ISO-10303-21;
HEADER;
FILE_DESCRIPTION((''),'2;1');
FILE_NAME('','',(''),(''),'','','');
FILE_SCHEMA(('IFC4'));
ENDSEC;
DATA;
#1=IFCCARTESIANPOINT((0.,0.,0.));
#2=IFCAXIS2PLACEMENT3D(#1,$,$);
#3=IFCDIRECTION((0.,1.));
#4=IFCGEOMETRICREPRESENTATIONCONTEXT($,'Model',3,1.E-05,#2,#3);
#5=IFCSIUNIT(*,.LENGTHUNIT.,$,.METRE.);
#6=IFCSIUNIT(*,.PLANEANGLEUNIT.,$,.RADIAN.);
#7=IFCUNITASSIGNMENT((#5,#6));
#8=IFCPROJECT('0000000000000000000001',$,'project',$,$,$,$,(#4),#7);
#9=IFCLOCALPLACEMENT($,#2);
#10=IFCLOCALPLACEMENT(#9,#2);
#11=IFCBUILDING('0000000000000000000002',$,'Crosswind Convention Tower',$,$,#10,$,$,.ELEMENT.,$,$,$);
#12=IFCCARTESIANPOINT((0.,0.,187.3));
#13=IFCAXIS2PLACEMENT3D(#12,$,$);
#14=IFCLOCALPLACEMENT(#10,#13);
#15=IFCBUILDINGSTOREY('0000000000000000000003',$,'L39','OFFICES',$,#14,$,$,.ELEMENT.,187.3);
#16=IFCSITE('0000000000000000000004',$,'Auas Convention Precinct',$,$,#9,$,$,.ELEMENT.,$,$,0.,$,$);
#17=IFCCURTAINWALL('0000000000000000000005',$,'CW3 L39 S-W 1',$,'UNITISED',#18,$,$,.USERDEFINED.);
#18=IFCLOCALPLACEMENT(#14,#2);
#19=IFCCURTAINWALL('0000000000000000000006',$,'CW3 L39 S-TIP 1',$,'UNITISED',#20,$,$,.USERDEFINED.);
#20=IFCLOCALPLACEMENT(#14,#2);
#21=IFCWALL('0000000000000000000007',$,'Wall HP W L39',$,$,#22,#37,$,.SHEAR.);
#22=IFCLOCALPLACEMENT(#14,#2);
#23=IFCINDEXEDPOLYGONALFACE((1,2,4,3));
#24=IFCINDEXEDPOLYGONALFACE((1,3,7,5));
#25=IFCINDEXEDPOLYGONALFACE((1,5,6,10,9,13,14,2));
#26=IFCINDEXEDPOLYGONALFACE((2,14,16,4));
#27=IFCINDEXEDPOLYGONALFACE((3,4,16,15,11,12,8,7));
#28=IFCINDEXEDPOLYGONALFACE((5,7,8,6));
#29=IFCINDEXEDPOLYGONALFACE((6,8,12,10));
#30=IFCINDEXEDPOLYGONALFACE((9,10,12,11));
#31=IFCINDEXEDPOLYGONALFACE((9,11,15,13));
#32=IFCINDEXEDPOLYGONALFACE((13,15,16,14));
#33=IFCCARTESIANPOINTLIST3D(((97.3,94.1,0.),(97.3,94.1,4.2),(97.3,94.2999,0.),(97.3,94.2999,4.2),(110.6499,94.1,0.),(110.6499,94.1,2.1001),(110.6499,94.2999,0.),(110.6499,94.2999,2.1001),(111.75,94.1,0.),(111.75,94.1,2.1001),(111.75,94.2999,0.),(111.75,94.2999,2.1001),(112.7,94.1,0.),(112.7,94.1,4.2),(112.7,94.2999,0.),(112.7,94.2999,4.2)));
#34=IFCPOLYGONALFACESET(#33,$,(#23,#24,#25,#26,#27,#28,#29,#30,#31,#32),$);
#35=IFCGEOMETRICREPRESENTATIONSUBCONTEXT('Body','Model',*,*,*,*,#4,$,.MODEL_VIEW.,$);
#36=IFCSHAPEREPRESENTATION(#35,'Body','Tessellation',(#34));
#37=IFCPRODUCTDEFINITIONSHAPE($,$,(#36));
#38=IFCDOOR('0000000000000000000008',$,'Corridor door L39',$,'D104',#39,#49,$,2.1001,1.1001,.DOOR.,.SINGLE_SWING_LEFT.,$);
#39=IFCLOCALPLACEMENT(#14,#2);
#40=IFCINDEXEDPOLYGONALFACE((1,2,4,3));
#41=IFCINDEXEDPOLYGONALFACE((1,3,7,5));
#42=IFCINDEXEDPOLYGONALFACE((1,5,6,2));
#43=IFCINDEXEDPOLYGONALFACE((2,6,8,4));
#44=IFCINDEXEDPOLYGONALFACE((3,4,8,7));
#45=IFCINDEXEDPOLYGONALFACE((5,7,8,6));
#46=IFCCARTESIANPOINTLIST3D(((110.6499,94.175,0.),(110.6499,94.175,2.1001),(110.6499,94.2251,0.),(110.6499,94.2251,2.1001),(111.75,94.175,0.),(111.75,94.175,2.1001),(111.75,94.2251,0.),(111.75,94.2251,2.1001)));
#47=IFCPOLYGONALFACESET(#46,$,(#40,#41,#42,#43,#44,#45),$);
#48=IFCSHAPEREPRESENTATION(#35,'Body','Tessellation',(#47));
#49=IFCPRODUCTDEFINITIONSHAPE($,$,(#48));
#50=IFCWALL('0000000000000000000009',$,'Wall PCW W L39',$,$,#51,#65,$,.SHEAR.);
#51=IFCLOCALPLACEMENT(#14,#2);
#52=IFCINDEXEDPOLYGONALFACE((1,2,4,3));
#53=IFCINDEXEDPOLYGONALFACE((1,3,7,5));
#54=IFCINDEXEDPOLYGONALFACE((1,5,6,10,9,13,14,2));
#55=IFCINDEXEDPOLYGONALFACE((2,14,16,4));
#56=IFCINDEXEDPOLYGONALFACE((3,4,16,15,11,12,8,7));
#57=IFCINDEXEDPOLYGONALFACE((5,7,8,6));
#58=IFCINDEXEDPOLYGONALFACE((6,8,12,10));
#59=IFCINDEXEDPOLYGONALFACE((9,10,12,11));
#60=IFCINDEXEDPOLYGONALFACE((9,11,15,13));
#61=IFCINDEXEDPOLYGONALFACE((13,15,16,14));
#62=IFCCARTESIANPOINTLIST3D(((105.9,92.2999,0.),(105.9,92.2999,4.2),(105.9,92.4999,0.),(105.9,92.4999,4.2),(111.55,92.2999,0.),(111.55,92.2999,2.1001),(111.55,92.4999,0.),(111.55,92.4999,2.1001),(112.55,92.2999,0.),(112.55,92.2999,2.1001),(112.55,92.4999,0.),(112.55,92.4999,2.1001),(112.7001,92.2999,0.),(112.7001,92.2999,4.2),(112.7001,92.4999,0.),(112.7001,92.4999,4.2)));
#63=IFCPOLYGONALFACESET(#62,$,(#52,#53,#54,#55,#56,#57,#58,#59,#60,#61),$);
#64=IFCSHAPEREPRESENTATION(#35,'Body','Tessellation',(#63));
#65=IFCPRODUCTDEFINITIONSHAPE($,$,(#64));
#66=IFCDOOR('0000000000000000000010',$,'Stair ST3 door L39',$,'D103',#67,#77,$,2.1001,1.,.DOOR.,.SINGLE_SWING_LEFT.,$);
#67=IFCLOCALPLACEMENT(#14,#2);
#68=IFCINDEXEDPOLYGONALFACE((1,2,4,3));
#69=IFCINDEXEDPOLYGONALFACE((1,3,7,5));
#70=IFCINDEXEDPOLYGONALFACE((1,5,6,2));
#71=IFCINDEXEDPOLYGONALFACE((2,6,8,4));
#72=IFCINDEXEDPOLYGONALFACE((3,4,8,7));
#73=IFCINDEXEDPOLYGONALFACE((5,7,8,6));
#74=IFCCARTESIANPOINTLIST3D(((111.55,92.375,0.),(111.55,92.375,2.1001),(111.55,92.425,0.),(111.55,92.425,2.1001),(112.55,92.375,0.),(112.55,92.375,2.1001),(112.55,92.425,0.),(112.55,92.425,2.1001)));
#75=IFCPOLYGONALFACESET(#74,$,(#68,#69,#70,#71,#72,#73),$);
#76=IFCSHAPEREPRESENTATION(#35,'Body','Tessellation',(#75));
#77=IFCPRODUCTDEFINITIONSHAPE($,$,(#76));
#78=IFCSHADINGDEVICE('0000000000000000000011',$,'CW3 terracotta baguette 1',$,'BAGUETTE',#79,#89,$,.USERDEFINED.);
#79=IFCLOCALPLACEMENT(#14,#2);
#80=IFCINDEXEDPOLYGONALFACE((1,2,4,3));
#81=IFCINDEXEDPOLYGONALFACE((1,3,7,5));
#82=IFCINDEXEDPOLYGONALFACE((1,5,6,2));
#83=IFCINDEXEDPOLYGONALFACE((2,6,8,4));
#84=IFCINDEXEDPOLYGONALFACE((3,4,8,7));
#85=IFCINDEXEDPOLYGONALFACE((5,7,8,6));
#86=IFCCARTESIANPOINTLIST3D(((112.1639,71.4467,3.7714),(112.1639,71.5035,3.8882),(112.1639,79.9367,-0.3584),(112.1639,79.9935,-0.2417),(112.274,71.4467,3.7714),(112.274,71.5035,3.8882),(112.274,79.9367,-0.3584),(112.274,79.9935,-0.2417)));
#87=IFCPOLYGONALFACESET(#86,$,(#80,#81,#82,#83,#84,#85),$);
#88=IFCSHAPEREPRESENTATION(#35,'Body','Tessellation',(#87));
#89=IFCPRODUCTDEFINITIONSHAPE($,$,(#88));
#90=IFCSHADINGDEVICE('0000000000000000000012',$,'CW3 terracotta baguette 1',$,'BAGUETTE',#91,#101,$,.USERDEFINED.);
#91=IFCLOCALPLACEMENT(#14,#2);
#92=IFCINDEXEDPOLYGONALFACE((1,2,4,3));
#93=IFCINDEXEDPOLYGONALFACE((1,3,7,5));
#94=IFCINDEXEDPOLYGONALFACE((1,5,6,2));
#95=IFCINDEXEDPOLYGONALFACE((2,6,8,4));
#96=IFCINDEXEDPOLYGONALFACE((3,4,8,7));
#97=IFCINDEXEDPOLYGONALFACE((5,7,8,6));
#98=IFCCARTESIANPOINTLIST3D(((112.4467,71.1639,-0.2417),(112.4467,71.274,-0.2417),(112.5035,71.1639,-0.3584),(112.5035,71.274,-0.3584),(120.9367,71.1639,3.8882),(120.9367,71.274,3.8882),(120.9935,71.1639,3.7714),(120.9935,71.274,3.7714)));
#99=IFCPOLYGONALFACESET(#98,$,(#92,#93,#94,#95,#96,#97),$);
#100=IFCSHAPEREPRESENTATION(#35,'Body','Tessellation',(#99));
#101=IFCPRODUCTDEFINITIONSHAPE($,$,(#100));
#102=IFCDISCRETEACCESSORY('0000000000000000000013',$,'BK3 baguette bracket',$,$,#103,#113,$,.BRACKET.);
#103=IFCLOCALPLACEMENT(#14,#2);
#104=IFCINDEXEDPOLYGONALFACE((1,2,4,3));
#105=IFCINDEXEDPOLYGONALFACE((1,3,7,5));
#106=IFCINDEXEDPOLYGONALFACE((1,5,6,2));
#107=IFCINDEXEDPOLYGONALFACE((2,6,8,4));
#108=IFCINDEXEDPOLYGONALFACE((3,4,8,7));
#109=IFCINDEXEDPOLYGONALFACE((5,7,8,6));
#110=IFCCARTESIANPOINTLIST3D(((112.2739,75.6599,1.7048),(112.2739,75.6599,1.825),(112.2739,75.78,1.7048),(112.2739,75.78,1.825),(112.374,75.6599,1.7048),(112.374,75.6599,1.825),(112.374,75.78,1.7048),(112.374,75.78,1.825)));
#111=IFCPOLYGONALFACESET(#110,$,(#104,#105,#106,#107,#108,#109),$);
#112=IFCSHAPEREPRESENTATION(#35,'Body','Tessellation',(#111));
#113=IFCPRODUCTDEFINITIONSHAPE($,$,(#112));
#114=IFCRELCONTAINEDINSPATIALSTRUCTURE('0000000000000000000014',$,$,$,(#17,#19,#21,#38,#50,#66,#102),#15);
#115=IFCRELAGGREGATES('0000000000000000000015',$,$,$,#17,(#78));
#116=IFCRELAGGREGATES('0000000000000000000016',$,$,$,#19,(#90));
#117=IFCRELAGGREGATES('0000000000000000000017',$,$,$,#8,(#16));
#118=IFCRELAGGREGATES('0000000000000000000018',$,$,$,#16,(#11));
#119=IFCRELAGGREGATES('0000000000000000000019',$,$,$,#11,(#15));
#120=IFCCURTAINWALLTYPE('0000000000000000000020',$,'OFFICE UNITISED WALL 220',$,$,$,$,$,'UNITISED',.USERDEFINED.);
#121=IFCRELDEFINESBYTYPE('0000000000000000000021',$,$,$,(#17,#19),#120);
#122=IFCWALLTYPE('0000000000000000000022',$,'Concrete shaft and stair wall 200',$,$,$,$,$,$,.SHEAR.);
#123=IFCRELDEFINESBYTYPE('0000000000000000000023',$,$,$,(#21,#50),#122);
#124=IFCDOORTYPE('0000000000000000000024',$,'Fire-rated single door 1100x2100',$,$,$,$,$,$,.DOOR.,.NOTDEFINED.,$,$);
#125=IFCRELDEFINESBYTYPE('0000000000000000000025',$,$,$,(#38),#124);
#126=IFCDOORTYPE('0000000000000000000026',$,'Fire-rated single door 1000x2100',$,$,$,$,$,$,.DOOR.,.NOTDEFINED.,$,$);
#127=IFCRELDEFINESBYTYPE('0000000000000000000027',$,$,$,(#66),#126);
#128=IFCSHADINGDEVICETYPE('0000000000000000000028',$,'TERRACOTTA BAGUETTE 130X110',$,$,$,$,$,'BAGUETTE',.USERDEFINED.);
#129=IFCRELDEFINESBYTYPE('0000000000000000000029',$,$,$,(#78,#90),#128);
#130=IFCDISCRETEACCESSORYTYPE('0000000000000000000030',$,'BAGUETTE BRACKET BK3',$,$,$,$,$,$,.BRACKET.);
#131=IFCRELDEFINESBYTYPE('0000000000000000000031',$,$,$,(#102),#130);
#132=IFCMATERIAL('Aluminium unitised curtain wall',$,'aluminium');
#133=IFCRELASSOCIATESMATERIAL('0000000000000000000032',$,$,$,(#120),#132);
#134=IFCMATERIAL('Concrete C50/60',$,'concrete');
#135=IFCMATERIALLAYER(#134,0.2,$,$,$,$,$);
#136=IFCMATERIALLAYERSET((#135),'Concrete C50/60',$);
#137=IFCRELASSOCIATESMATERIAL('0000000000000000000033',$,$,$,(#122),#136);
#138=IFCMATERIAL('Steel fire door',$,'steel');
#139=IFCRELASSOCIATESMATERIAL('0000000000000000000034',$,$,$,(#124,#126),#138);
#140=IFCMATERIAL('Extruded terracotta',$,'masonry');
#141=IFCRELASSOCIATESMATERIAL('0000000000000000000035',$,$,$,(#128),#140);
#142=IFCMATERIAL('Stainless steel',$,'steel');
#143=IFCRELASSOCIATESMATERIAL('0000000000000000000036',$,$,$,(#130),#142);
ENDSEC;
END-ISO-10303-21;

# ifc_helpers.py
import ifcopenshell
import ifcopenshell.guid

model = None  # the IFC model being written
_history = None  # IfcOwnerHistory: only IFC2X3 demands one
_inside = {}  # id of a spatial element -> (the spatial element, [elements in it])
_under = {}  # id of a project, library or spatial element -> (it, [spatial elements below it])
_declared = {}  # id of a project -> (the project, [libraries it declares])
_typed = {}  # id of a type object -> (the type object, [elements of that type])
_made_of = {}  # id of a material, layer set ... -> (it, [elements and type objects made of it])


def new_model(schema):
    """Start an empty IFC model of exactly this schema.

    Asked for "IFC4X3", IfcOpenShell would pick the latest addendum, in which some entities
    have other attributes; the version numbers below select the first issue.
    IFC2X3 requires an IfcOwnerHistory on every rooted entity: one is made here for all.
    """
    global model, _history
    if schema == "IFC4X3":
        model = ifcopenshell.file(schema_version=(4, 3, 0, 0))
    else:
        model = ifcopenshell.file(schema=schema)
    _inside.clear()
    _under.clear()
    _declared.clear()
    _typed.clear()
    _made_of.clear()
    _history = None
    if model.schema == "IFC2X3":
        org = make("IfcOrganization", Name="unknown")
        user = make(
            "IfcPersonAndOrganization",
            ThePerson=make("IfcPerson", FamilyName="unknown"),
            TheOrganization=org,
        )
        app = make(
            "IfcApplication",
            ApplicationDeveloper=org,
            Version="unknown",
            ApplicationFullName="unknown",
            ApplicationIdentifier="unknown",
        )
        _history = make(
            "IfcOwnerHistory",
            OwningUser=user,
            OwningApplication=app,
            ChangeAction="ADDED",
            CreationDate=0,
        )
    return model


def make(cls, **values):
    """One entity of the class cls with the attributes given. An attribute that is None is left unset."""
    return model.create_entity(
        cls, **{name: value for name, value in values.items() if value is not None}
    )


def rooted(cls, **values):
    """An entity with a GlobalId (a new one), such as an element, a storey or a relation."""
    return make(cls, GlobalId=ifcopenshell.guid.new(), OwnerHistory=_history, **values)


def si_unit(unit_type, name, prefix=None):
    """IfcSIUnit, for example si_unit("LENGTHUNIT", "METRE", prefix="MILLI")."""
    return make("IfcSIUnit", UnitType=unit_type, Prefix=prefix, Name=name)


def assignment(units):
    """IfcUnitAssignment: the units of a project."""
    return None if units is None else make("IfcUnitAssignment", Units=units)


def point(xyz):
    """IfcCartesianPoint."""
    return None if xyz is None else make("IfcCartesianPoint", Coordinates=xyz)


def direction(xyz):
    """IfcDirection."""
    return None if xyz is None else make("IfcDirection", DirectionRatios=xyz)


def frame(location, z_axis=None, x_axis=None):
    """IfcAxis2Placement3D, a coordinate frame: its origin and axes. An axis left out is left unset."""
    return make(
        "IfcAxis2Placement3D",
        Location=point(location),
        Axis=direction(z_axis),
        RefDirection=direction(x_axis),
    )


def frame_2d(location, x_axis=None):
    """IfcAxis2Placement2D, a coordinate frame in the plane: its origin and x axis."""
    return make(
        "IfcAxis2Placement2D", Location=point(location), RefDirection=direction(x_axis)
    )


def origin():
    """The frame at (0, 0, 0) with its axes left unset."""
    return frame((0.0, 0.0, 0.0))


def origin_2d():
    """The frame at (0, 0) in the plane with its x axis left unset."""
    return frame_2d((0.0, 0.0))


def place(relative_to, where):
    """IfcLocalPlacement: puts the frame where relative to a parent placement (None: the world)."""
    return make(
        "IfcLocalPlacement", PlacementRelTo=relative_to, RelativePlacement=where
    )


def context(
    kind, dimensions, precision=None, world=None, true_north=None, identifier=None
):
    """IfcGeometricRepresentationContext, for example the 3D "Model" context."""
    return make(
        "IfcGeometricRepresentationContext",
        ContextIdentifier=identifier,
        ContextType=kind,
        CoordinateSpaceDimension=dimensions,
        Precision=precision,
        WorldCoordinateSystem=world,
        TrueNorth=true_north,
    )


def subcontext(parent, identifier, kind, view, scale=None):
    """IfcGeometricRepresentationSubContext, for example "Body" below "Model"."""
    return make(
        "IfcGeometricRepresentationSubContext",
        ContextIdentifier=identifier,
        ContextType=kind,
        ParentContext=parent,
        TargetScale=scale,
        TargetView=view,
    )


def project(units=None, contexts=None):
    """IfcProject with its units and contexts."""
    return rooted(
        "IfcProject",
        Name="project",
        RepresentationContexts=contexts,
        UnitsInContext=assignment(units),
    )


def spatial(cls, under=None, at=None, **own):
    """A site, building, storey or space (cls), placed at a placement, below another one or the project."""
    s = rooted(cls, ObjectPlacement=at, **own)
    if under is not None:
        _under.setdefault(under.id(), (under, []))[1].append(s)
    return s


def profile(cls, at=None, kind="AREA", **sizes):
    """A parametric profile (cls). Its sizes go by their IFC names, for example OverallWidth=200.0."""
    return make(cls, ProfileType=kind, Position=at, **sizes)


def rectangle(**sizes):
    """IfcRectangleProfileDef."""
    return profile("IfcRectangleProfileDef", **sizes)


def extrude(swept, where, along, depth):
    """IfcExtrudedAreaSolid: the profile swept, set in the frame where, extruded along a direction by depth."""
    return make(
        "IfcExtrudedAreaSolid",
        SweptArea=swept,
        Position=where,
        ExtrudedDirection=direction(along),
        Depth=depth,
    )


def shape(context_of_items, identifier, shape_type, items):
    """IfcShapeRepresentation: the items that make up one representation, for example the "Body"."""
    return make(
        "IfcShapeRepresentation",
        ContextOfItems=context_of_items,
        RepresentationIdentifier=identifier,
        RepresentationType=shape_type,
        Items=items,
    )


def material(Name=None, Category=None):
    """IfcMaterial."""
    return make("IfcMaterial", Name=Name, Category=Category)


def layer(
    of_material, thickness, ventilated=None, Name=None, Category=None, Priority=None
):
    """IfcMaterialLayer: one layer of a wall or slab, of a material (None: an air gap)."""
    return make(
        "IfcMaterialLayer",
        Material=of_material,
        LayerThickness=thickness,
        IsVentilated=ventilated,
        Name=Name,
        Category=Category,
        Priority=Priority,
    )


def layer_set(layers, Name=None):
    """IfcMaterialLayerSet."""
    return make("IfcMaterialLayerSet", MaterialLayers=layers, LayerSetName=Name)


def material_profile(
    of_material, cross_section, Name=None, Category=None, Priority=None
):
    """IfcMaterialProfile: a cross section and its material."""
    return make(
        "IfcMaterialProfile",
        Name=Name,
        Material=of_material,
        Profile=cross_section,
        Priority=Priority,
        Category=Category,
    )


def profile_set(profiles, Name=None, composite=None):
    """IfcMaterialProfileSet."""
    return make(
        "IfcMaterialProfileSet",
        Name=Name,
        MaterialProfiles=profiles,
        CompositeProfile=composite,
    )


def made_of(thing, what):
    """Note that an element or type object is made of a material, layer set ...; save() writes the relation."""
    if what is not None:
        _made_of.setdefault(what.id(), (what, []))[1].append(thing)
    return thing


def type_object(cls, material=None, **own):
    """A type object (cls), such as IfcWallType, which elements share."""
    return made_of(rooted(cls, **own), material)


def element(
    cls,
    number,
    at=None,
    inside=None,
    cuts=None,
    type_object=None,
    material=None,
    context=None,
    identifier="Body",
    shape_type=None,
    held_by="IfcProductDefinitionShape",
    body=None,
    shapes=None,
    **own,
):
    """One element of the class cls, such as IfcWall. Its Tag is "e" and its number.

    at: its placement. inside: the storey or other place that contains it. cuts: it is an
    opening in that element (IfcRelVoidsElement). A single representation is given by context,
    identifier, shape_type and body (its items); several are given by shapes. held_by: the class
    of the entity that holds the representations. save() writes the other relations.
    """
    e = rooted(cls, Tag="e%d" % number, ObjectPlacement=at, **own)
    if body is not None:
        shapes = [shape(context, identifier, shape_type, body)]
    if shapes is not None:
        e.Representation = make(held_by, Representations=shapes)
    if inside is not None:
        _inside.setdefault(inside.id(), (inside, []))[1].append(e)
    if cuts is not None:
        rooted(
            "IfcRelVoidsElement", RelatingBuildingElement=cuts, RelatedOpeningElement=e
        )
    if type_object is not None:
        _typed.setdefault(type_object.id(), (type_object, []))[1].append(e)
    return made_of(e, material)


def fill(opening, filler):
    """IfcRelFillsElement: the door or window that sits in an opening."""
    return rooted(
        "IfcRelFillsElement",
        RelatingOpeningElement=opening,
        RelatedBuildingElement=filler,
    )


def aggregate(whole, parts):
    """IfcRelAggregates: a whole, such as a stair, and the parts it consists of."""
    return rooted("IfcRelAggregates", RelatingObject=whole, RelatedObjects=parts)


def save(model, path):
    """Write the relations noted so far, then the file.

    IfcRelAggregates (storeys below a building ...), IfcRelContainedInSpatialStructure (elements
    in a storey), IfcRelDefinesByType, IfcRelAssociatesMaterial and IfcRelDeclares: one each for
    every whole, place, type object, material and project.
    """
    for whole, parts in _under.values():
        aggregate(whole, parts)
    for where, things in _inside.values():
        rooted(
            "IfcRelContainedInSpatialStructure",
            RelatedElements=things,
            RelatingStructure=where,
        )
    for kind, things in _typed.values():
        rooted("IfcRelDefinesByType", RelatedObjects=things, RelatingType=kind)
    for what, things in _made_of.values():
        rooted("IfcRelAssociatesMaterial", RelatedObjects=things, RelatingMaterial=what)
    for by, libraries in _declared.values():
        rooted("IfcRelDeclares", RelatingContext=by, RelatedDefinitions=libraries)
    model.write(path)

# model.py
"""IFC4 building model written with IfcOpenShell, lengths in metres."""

from ifc_helpers import new_model, si_unit, direction, frame, frame_2d, origin, origin_2d, place, context, subcontext, project, spatial, rectangle, extrude, material, layer, layer_set, material_profile, profile_set, type_object, element, fill, aggregate, save


model = new_model("IFC4")

# Units and contexts
model_context = context("Model", 3, precision=1e-05, world=origin(), true_north=direction((0.0, 1.0)))
body_context = subcontext(model_context, "Body", "Model", "MODEL_VIEW")
ifc_project = project(units=[si_unit("LENGTHUNIT", "METRE"), si_unit("PLANEANGLEUNIT", "RADIAN")], contexts=[model_context])

# Site, building, storey
site_placement = place(None, origin())
site = spatial("IfcSite", under=ifc_project, at=site_placement, Name="Auas Convention Precinct", CompositionType="ELEMENT", RefElevation=0.0)
building_placement = place(site_placement, origin())
building = spatial("IfcBuilding", under=site, at=building_placement, Name="Crosswind Convention Tower", CompositionType="ELEMENT")
storey_placement = place(building_placement, frame((0.0, 0.0, 187.3)))
storey = spatial("IfcBuildingStorey", under=building, at=storey_placement, Name="L39", Description="OFFICES", CompositionType="ELEMENT", Elevation=187.3)

# Curtain wall
ifc_material_1 = material(Name="Aluminium unitised curtain wall", Category="aluminium")
curtain_wall_type_1 = type_object("IfcCurtainWallType", Name="OFFICE UNITISED WALL 220", ElementType="UNITISED", PredefinedType="USERDEFINED", material=ifc_material_1)
curtain_wall_1_placement = place(storey_placement, origin())
curtain_wall_1 = element("IfcCurtainWall", 1, at=curtain_wall_1_placement, inside=storey, type_object=curtain_wall_type_1, Name="CW3 L39 S-W 1", ObjectType="UNITISED", PredefinedType="USERDEFINED")

# Curtain wall
curtain_wall_2_placement = place(storey_placement, origin())
curtain_wall_2 = element("IfcCurtainWall", 2, at=curtain_wall_2_placement, inside=storey, type_object=curtain_wall_type_1, Name="CW3 L39 S-TIP 1", ObjectType="UNITISED", PredefinedType="USERDEFINED")

# Shared definitions
ifc_material_2 = material(Name="Concrete C50/60", Category="concrete")

# Walls, openings, doors
ifc_layer_1 = layer(ifc_material_2, 0.2)
ifc_layer_set_1 = layer_set([ifc_layer_1], Name="Concrete C50/60")
wall_type_1 = type_object("IfcWallType", Name="Concrete shaft and stair wall 200", PredefinedType="SHEAR", material=ifc_layer_set_1)
wall_1_placement = place(storey_placement, frame((112.7, 94.2, 0.0), z_axis=(0.0, 0.0, 1.0), x_axis=(-1.0, 0.0, 0.0)))
wall_1 = element("IfcWall", 3, at=wall_1_placement, inside=storey, type_object=wall_type_1, Name="Wall HP W L39", PredefinedType="SHEAR", context=body_context, shape_type="SweptSolid", body=[
    extrude(rectangle(XDim=15.3999, YDim=0.2, at=frame_2d((7.7, 0.0))), origin(), (0.0, 0.0, 1.0), 4.2),
])
opening_1_placement = place(wall_1_placement, frame((0.95, 0.0, 0.0)))
opening_1 = element("IfcOpeningElement", 4, at=opening_1_placement, cuts=wall_1, PredefinedType="OPENING", context=body_context, shape_type="SweptSolid", body=[
    extrude(rectangle(XDim=1.1001, YDim=2.1001, at=frame_2d((0.55, 1.05))), frame((0.0, 0.1099, 0.0), z_axis=(0.0, -1.0, 0.0), x_axis=(1.0, 0.0, 0.0)), (0.0, 0.0, 1.0), 0.22),
])
ifc_material_3 = material(Name="Steel fire door", Category="steel")
door_type_1 = type_object("IfcDoorType", Name="Fire-rated single door 1100x2100", OperationType="NOTDEFINED", PredefinedType="DOOR", material=ifc_material_3)
door_1_placement = place(opening_1_placement, origin())
door_1 = element("IfcDoor", 5, at=door_1_placement, inside=storey, type_object=door_type_1, Name="Corridor door L39", ObjectType="D104", OperationType="SINGLE_SWING_LEFT", OverallHeight=2.1001, OverallWidth=1.1001, PredefinedType="DOOR", context=body_context, shape_type="SweptSolid", body=[
    extrude(rectangle(XDim=1.1001, YDim=2.1001, at=frame_2d((0.55, 1.05))), frame((0.0, 0.0249, 0.0), z_axis=(0.0, -1.0, 0.0), x_axis=(1.0, 0.0, 0.0)), (0.0, 0.0, 1.0), 0.05),
])
fill(opening_1, door_1)
wall_2_placement = place(storey_placement, frame((112.7, 92.3999, 0.0), z_axis=(0.0, 0.0, 1.0), x_axis=(-1.0, 0.0, 0.0)))
wall_2 = element("IfcWall", 6, at=wall_2_placement, inside=storey, type_object=wall_type_1, Name="Wall PCW W L39", PredefinedType="SHEAR", context=body_context, shape_type="SweptSolid", body=[
    extrude(rectangle(XDim=6.8, YDim=0.2, at=frame_2d((3.3999, 0.0))), origin(), (0.0, 0.0, 1.0), 4.2),
])
opening_2_placement = place(wall_2_placement, frame((0.1499, 0.0, 0.0)))
opening_2 = element("IfcOpeningElement", 7, at=opening_2_placement, cuts=wall_2, PredefinedType="OPENING", context=body_context, shape_type="SweptSolid", body=[
    extrude(rectangle(XDim=1.0, YDim=2.1001, at=frame_2d((0.5, 1.05))), frame((0.0, 0.1099, 0.0), z_axis=(0.0, -1.0, 0.0), x_axis=(1.0, 0.0, 0.0)), (0.0, 0.0, 1.0), 0.22),
])
door_type_2 = type_object("IfcDoorType", Name="Fire-rated single door 1000x2100", OperationType="NOTDEFINED", PredefinedType="DOOR", material=ifc_material_3)
door_2_placement = place(opening_2_placement, origin())
door_2 = element("IfcDoor", 8, at=door_2_placement, inside=storey, type_object=door_type_2, Name="Stair ST3 door L39", ObjectType="D103", OperationType="SINGLE_SWING_LEFT", OverallHeight=2.1001, OverallWidth=1.0, PredefinedType="DOOR", context=body_context, shape_type="SweptSolid", body=[
    extrude(rectangle(XDim=1.0, YDim=2.1001, at=frame_2d((0.5, 1.05))), frame((0.0, 0.0249, 0.0), z_axis=(0.0, -1.0, 0.0), x_axis=(1.0, 0.0, 0.0)), (0.0, 0.0, 1.0), 0.05),
])
fill(opening_2, door_2)

# Shading devices
ifc_material_4 = material(Name="Extruded terracotta", Category="masonry")
ifc_material_profile_1 = material_profile(ifc_material_4, rectangle(XDim=0.1101, YDim=0.1299, at=origin_2d()), Name="TC 110X130")
ifc_profile_set_1 = profile_set([ifc_material_profile_1], Name="Extruded terracotta")
shading_device_type = type_object("IfcShadingDeviceType", Name="TERRACOTTA BAGUETTE 130X110", ElementType="BAGUETTE", PredefinedType="USERDEFINED", material=ifc_profile_set_1)
shading_device_1_placement = place(storey_placement, frame((112.219, 79.9651, -0.3), z_axis=(0.0, -0.899251, 0.437433), x_axis=(1.0, 0.0, 0.0)))
shading_device_1 = element("IfcShadingDevice", 9, at=shading_device_1_placement, type_object=shading_device_type, Name="CW3 terracotta baguette 1", ObjectType="BAGUETTE", PredefinedType="USERDEFINED", context=body_context, shape_type="SweptSolid", body=[
    extrude(rectangle(XDim=0.1101, YDim=0.1299, at=origin_2d()), origin(), (0.0, 0.0, 1.0), 9.4412),
])
aggregate(curtain_wall_1, [shading_device_1])
shading_device_2_placement = place(storey_placement, frame((112.4751, 71.219, -0.3), z_axis=(0.899251, 0.0, 0.437433), x_axis=(0.0, 1.0, 0.0)))
shading_device_2 = element("IfcShadingDevice", 10, at=shading_device_2_placement, type_object=shading_device_type, Name="CW3 terracotta baguette 1", ObjectType="BAGUETTE", PredefinedType="USERDEFINED", context=body_context, shape_type="SweptSolid", body=[
    extrude(rectangle(XDim=0.1101, YDim=0.1299, at=origin_2d()), origin(), (0.0, 0.0, 1.0), 9.4412),
])
aggregate(curtain_wall_2, [shading_device_2])

# Discrete accessory
ifc_material_5 = material(Name="Stainless steel", Category="steel")
discrete_accessory_type = type_object("IfcDiscreteAccessoryType", Name="BAGUETTE BRACKET BK3", PredefinedType="BRACKET", material=ifc_material_5)
discrete_accessory_placement = place(storey_placement, frame((112.324, 75.72, 1.7048), z_axis=(0.0, 0.0, 1.0), x_axis=(0.0, -1.0, 0.0)))
element("IfcDiscreteAccessory", 11, at=discrete_accessory_placement, inside=storey, type_object=discrete_accessory_type, Name="BK3 baguette bracket", PredefinedType="BRACKET", context=body_context, shape_type="SweptSolid", body=[
    extrude(rectangle(XDim=0.1201, YDim=0.1001, at=origin_2d()), origin(), (0.0, 0.0, 1.0), 0.1201),
])

save(model, "model.ifc")
